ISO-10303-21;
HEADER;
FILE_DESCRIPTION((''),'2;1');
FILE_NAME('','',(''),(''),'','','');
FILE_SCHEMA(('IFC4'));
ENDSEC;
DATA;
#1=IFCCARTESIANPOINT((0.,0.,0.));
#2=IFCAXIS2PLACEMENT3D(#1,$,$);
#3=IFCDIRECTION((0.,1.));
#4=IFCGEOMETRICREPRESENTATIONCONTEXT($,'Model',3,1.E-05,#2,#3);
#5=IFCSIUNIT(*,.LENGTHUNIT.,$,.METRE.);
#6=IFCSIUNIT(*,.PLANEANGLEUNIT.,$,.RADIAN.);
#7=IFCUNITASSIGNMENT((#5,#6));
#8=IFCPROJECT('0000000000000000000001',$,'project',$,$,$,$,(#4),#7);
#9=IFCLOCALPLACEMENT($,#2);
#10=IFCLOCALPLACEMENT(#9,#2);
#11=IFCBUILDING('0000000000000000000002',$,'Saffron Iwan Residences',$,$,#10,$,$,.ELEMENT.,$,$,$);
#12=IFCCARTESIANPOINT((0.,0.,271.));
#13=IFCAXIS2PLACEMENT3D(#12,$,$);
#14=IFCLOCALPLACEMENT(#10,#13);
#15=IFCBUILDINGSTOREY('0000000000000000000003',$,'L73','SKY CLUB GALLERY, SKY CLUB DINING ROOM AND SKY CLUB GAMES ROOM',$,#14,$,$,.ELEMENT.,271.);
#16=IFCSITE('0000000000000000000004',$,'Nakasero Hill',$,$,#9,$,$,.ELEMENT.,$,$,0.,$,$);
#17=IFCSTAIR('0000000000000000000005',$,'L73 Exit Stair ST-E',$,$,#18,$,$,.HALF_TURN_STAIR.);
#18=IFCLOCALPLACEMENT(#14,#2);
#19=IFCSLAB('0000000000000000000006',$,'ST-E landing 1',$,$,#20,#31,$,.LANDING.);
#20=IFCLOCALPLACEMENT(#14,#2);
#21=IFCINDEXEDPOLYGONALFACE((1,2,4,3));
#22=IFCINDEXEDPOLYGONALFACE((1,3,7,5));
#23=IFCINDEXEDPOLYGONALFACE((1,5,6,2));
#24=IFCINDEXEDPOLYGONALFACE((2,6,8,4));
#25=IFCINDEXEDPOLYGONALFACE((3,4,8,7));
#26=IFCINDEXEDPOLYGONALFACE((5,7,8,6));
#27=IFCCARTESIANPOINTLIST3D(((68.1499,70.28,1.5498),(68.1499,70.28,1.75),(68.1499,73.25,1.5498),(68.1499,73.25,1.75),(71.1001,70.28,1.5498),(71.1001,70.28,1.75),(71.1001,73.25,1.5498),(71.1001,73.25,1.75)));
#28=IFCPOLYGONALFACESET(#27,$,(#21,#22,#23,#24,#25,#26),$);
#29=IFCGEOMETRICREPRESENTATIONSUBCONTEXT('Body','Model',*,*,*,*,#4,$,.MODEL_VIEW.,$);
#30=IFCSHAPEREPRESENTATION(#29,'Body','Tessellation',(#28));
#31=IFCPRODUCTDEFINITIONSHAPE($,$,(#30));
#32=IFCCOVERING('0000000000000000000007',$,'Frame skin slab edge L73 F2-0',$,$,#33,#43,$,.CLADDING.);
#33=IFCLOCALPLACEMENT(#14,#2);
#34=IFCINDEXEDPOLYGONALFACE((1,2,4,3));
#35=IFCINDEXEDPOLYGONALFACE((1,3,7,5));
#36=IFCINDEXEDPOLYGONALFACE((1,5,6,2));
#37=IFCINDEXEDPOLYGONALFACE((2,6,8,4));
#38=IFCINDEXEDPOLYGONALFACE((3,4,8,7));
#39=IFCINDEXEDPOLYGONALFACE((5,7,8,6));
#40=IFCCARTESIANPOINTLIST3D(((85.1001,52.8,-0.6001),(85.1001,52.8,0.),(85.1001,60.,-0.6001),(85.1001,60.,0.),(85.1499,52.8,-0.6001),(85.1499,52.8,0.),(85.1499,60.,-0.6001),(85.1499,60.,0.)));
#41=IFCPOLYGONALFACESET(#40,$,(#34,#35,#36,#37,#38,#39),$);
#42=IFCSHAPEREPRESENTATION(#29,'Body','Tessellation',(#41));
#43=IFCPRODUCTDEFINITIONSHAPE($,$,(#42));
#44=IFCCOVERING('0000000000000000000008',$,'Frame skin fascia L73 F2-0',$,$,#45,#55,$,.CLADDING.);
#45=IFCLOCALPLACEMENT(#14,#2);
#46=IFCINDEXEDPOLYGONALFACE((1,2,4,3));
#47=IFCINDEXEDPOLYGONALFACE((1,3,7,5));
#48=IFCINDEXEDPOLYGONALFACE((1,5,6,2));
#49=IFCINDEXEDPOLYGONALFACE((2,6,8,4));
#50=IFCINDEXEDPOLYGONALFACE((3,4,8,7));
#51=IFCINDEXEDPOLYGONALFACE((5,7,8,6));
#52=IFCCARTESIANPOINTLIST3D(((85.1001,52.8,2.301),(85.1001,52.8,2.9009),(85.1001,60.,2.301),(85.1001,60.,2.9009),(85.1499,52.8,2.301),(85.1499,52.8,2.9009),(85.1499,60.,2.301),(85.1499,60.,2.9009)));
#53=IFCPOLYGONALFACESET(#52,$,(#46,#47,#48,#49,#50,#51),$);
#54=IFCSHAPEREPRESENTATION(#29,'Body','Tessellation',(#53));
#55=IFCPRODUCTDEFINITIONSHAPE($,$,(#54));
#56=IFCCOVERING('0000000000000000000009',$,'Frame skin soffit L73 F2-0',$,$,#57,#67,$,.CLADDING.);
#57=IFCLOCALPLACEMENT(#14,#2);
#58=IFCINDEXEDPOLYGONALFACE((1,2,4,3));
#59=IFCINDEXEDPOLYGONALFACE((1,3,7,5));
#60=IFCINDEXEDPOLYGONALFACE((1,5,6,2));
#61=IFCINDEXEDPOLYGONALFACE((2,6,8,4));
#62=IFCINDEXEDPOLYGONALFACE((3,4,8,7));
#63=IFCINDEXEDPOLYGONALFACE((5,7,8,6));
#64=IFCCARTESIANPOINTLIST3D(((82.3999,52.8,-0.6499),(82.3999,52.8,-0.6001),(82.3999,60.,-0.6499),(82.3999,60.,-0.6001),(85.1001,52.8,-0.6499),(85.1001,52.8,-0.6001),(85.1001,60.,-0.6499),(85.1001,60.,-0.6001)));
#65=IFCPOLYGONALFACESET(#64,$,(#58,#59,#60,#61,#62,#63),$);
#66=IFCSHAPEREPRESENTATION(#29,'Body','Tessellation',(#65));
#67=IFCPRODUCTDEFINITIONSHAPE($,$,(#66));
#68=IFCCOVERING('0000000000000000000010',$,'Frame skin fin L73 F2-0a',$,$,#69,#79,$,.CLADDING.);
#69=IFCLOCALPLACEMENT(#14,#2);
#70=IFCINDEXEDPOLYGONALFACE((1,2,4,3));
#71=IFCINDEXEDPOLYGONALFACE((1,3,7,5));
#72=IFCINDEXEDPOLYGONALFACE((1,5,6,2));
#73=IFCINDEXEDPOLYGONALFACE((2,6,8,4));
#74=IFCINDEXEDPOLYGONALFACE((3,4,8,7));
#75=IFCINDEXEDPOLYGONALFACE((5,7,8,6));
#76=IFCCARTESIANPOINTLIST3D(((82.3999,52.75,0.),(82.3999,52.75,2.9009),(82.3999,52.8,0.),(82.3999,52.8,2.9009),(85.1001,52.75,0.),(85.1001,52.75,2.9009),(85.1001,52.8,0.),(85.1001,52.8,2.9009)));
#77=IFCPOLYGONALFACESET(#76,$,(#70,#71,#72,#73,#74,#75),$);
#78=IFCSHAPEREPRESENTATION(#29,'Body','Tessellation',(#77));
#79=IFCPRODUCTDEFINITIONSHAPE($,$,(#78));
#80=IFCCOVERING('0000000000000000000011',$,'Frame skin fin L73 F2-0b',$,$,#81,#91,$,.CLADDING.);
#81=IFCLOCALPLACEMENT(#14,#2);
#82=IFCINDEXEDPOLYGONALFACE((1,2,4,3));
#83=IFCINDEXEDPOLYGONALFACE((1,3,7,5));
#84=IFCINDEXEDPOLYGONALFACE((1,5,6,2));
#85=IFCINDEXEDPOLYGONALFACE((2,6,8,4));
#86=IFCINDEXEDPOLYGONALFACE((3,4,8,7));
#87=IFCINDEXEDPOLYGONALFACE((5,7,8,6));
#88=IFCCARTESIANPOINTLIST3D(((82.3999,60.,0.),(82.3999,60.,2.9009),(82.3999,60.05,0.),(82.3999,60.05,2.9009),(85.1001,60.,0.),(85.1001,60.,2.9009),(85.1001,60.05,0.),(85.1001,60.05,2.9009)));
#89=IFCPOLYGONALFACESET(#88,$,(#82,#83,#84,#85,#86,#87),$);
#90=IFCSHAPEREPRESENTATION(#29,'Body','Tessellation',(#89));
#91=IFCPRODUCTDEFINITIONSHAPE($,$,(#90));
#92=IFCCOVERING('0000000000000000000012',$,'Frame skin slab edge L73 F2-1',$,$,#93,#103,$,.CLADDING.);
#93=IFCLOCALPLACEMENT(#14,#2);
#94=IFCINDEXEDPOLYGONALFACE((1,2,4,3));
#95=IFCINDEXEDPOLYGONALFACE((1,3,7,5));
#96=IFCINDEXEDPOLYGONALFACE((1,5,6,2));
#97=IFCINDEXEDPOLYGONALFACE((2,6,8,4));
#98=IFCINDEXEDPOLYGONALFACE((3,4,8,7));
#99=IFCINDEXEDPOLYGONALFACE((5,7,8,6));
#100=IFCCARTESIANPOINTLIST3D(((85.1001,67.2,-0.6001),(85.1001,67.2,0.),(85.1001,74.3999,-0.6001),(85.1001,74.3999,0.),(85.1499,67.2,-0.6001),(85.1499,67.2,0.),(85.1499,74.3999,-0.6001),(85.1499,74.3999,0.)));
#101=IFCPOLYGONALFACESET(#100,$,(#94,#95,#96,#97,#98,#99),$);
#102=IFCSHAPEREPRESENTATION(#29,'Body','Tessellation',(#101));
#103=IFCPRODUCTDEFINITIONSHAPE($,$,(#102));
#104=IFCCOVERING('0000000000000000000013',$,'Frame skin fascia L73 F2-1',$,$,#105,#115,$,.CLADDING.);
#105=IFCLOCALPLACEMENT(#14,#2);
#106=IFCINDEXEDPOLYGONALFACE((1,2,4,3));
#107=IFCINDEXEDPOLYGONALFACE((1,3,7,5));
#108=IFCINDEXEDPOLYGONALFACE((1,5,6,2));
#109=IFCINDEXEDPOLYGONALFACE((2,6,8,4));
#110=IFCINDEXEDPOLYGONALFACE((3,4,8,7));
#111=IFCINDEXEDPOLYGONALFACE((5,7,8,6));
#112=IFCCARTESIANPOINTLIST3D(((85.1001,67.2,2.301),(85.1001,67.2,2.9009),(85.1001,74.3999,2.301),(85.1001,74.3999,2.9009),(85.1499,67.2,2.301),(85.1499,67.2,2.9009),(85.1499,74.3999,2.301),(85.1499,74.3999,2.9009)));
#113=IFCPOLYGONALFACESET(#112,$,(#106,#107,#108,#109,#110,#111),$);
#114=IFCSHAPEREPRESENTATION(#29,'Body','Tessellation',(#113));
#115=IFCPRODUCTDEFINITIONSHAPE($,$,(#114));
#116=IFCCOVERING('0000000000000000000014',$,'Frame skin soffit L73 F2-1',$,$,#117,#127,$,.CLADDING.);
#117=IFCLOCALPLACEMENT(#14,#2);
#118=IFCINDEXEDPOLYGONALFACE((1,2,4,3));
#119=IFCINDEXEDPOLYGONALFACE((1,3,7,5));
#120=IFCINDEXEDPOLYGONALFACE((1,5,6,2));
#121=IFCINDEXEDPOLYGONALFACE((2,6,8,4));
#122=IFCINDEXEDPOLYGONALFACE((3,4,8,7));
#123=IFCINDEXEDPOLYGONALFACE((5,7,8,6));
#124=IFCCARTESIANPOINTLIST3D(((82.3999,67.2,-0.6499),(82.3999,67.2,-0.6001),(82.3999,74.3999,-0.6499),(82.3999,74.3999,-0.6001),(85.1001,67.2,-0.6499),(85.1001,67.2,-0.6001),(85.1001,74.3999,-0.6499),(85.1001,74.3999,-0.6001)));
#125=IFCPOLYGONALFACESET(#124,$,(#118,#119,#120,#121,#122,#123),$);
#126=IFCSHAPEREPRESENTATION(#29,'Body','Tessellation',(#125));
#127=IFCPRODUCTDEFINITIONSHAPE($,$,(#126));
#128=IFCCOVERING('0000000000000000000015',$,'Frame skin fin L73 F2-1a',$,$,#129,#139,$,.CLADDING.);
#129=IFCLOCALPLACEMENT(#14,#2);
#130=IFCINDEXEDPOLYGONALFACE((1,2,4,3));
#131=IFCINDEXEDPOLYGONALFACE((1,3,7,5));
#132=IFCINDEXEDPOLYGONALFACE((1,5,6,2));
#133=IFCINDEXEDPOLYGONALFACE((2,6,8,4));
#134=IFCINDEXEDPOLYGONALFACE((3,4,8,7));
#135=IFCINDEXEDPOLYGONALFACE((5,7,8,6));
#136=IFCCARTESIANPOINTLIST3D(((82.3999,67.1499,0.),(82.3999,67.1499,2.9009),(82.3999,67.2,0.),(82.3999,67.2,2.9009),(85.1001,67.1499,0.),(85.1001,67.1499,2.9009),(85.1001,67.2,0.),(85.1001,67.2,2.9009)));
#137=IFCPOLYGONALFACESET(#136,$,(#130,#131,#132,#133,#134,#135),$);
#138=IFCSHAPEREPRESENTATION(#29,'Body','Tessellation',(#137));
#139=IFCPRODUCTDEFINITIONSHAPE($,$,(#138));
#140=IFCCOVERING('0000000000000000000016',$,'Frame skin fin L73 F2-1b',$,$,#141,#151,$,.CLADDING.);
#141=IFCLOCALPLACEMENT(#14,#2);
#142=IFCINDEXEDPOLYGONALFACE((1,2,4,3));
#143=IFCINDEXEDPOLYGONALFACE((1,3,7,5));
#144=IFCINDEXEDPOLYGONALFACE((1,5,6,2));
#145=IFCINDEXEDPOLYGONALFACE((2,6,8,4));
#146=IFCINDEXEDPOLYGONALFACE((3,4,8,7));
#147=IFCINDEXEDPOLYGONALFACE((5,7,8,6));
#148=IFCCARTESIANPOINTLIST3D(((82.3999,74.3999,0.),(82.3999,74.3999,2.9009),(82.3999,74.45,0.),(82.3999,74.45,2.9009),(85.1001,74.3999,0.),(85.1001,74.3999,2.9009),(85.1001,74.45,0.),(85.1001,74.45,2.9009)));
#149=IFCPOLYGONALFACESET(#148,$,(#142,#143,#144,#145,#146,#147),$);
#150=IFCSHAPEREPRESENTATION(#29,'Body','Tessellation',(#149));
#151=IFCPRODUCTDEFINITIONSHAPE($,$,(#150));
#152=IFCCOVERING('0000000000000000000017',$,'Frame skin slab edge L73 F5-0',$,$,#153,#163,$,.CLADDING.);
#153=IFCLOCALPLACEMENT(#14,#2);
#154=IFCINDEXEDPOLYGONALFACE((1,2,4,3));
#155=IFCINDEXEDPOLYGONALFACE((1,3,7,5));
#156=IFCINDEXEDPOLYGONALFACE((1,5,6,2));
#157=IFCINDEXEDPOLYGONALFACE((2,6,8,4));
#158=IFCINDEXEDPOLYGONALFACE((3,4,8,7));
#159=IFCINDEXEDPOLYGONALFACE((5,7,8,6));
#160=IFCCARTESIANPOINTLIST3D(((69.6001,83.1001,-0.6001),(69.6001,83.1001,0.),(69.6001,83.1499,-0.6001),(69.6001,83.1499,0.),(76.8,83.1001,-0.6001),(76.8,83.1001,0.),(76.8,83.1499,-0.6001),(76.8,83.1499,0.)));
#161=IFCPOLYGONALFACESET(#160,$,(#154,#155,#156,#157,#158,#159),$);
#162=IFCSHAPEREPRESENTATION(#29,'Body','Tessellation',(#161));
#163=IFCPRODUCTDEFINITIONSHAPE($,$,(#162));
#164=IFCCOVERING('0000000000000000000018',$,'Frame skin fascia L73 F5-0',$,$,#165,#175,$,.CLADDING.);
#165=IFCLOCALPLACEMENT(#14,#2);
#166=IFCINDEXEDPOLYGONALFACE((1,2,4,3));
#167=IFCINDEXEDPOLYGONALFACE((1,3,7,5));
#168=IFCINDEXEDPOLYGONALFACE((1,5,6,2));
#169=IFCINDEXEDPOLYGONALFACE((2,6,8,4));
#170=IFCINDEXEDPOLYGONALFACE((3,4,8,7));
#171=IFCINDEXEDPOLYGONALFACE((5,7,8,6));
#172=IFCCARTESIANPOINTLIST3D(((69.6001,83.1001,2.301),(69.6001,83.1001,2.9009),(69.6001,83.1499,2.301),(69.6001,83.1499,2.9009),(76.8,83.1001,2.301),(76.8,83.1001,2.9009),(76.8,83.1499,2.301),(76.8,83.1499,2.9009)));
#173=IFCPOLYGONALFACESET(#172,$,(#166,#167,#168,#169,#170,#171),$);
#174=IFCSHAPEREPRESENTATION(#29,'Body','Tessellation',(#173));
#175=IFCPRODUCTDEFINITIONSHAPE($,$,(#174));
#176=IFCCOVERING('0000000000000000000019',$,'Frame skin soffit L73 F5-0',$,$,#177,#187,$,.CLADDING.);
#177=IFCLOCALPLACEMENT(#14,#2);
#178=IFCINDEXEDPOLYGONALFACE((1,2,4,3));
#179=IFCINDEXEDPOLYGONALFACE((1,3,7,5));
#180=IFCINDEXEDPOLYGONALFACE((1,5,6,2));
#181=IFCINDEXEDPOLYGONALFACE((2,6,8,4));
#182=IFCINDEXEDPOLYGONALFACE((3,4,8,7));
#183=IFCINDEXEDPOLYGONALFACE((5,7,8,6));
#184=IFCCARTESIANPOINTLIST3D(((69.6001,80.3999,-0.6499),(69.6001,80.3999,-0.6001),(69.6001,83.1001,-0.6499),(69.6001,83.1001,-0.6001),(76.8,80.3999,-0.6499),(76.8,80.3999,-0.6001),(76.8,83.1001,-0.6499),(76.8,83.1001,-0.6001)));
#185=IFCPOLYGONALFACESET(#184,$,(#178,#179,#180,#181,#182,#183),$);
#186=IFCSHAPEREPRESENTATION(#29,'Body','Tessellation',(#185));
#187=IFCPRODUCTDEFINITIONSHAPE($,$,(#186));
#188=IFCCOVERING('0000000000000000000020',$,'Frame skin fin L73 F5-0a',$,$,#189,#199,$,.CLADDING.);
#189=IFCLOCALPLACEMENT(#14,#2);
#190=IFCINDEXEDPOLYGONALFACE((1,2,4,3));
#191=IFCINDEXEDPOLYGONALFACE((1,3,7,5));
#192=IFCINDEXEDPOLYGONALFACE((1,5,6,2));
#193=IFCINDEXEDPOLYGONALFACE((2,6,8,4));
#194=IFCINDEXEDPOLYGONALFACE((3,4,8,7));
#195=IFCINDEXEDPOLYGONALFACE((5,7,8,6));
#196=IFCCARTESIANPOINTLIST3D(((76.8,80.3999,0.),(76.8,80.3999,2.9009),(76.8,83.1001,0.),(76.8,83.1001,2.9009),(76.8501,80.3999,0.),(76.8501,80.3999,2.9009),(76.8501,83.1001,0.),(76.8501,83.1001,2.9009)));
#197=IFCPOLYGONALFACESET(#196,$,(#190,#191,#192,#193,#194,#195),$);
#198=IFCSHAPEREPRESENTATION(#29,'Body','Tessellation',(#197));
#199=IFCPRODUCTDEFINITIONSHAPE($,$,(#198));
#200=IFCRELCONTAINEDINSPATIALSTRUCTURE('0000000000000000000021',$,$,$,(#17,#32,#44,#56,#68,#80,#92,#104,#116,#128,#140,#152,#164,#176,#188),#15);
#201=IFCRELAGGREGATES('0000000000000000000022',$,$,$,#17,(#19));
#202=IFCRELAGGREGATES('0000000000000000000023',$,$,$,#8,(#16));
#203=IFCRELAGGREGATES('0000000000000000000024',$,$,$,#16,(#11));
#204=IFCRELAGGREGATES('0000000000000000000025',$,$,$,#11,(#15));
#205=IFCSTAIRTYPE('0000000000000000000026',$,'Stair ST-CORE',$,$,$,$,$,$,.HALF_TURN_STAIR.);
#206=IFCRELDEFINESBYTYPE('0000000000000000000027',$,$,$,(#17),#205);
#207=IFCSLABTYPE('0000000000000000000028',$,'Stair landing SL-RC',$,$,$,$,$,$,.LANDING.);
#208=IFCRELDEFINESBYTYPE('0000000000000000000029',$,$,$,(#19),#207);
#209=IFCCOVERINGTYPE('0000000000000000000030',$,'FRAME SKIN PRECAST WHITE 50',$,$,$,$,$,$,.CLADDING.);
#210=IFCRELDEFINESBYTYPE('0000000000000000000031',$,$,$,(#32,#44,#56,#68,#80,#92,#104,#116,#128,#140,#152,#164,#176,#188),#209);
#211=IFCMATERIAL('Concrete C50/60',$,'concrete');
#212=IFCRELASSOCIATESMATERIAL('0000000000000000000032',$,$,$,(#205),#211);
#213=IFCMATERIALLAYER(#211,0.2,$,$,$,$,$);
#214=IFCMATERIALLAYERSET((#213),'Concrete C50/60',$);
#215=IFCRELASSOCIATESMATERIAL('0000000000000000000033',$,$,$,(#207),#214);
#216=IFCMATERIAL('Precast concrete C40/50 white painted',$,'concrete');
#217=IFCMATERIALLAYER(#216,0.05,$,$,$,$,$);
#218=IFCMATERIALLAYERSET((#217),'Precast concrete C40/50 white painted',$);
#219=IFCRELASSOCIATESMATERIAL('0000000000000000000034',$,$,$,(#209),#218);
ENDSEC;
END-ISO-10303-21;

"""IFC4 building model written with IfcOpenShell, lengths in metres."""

from ifc_helpers import new_model, si_unit, direction, frame, origin, place, context, subcontext, project, spatial, polyline, outline, extrude, material, layer, layer_set, type_object, element, aggregate, save


model = new_model("IFC4")

# Units and contexts
model_context = context("Model", 3, precision=1e-05, world=origin(), true_north=direction((0.0, 1.0)))
body_context = subcontext(model_context, "Body", "Model", "MODEL_VIEW")
ifc_project = project(units=[si_unit("LENGTHUNIT", "METRE"), si_unit("PLANEANGLEUNIT", "RADIAN")], contexts=[model_context])

# Site, building, storey
site_placement = place(None, origin())
site = spatial("IfcSite", under=ifc_project, at=site_placement, Name="Nakasero Hill", CompositionType="ELEMENT", RefElevation=0.0)
building_placement = place(site_placement, origin())
building = spatial("IfcBuilding", under=site, at=building_placement, Name="Saffron Iwan Residences", CompositionType="ELEMENT")
storey_placement = place(building_placement, frame((0.0, 0.0, 271.0)))
storey = spatial("IfcBuildingStorey", under=building, at=storey_placement, Name="L73", Description="SKY CLUB GALLERY, SKY CLUB DINING ROOM AND SKY CLUB GAMES ROOM", CompositionType="ELEMENT", Elevation=271.0)

# Stair, slab
ifc_material_1 = material(Name="Concrete C50/60", Category="concrete")
stair_type_1 = type_object("IfcStairType", Name="Stair ST-CORE", PredefinedType="HALF_TURN_STAIR", material=ifc_material_1)
ifc_layer_1 = layer(ifc_material_1, 0.2)
ifc_layer_set_1 = layer_set([ifc_layer_1], Name="Concrete C50/60")
slab_type_1 = type_object("IfcSlabType", Name="Stair landing SL-RC", PredefinedType="LANDING", material=ifc_layer_set_1)
stair_1_placement = place(storey_placement, origin())
stair_1 = element("IfcStair", 1, at=stair_1_placement, inside=storey, type_object=stair_type_1, Name="L73 Exit Stair ST-E", PredefinedType="HALF_TURN_STAIR")
slab_1_placement = place(storey_placement, frame((0.0, 0.0, 1.5498)))
slab_1 = element("IfcSlab", 2, at=slab_1_placement, type_object=slab_type_1, Name="ST-E landing 1", PredefinedType="LANDING", context=body_context, shape_type="SweptSolid", body=[
    extrude(outline(polyline([(71.1001, 70.28), (71.1001, 73.25), (68.1499, 73.25), (68.1499, 70.28), (71.1001, 70.28)])), origin(), (0.0, 0.0, 1.0), 0.2002),
])
aggregate(stair_1, [slab_1])

# Coverings
ifc_material_2 = material(Name="Precast concrete C40/50 white painted", Category="concrete")
ifc_layer_2 = layer(ifc_material_2, 0.05)
ifc_layer_set_2 = layer_set([ifc_layer_2], Name="Precast concrete C40/50 white painted")
covering_type_1 = type_object("IfcCoveringType", Name="FRAME SKIN PRECAST WHITE 50", PredefinedType="CLADDING", material=ifc_layer_set_2)
covering_1_placement = place(storey_placement, frame((0.0, 0.0, -0.6001)))
element("IfcCovering", 3, at=covering_1_placement, inside=storey, type_object=covering_type_1, Name="Frame skin slab edge L73 F2-0", PredefinedType="CLADDING", context=body_context, shape_type="SweptSolid", body=[
    extrude(outline(polyline([(85.1499, 52.8), (85.1499, 60.0), (85.1001, 60.0), (85.1001, 52.8), (85.1499, 52.8)])), origin(), (0.0, 0.0, 1.0), 0.6001),
])
covering_2_placement = place(storey_placement, frame((0.0, 0.0, 2.301)))
element("IfcCovering", 4, at=covering_2_placement, inside=storey, type_object=covering_type_1, Name="Frame skin fascia L73 F2-0", PredefinedType="CLADDING", context=body_context, shape_type="SweptSolid", body=[
    extrude(outline(polyline([(85.1499, 52.8), (85.1499, 60.0), (85.1001, 60.0), (85.1001, 52.8), (85.1499, 52.8)])), origin(), (0.0, 0.0, 1.0), 0.5999),
])
covering_3_placement = place(storey_placement, frame((0.0, 0.0, -0.6499)))
element("IfcCovering", 5, at=covering_3_placement, inside=storey, type_object=covering_type_1, Name="Frame skin soffit L73 F2-0", PredefinedType="CLADDING", context=body_context, shape_type="SweptSolid", body=[
    extrude(outline(polyline([(85.1001, 52.8), (85.1001, 60.0), (82.3999, 60.0), (82.3999, 52.8), (85.1001, 52.8)])), origin(), (0.0, 0.0, 1.0), 0.0498),
])
covering_4_placement = place(storey_placement, origin())
element("IfcCovering", 6, at=covering_4_placement, inside=storey, type_object=covering_type_1, Name="Frame skin fin L73 F2-0a", PredefinedType="CLADDING", context=body_context, shape_type="SweptSolid", body=[
    extrude(outline(polyline([(85.1001, 52.75), (85.1001, 52.8), (82.3999, 52.8), (82.3999, 52.75), (85.1001, 52.75)])), origin(), (0.0, 0.0, 1.0), 2.9009),
])
covering_5_placement = place(storey_placement, origin())
element("IfcCovering", 7, at=covering_5_placement, inside=storey, type_object=covering_type_1, Name="Frame skin fin L73 F2-0b", PredefinedType="CLADDING", context=body_context, shape_type="SweptSolid", body=[
    extrude(outline(polyline([(85.1001, 60.0), (85.1001, 60.05), (82.3999, 60.05), (82.3999, 60.0), (85.1001, 60.0)])), origin(), (0.0, 0.0, 1.0), 2.9009),
])
covering_6_placement = place(storey_placement, frame((0.0, 0.0, -0.6001)))
element("IfcCovering", 8, at=covering_6_placement, inside=storey, type_object=covering_type_1, Name="Frame skin slab edge L73 F2-1", PredefinedType="CLADDING", context=body_context, shape_type="SweptSolid", body=[
    extrude(outline(polyline([(85.1499, 67.2), (85.1499, 74.3999), (85.1001, 74.3999), (85.1001, 67.2), (85.1499, 67.2)])), origin(), (0.0, 0.0, 1.0), 0.6001),
])
covering_7_placement = place(storey_placement, frame((0.0, 0.0, 2.301)))
element("IfcCovering", 9, at=covering_7_placement, inside=storey, type_object=covering_type_1, Name="Frame skin fascia L73 F2-1", PredefinedType="CLADDING", context=body_context, shape_type="SweptSolid", body=[
    extrude(outline(polyline([(85.1499, 67.2), (85.1499, 74.3999), (85.1001, 74.3999), (85.1001, 67.2), (85.1499, 67.2)])), origin(), (0.0, 0.0, 1.0), 0.5999),
])
covering_8_placement = place(storey_placement, frame((0.0, 0.0, -0.6499)))
element("IfcCovering", 10, at=covering_8_placement, inside=storey, type_object=covering_type_1, Name="Frame skin soffit L73 F2-1", PredefinedType="CLADDING", context=body_context, shape_type="SweptSolid", body=[
    extrude(outline(polyline([(85.1001, 67.2), (85.1001, 74.3999), (82.3999, 74.3999), (82.3999, 67.2), (85.1001, 67.2)])), origin(), (0.0, 0.0, 1.0), 0.0498),
])
covering_9_placement = place(storey_placement, origin())
element("IfcCovering", 11, at=covering_9_placement, inside=storey, type_object=covering_type_1, Name="Frame skin fin L73 F2-1a", PredefinedType="CLADDING", context=body_context, shape_type="SweptSolid", body=[
    extrude(outline(polyline([(85.1001, 67.1499), (85.1001, 67.2), (82.3999, 67.2), (82.3999, 67.1499), (85.1001, 67.1499)])), origin(), (0.0, 0.0, 1.0), 2.9009),
])
covering_10_placement = place(storey_placement, origin())
element("IfcCovering", 12, at=covering_10_placement, inside=storey, type_object=covering_type_1, Name="Frame skin fin L73 F2-1b", PredefinedType="CLADDING", context=body_context, shape_type="SweptSolid", body=[
    extrude(outline(polyline([(85.1001, 74.3999), (85.1001, 74.45), (82.3999, 74.45), (82.3999, 74.3999), (85.1001, 74.3999)])), origin(), (0.0, 0.0, 1.0), 2.9009),
])
covering_11_placement = place(storey_placement, frame((0.0, 0.0, -0.6001)))
element("IfcCovering", 13, at=covering_11_placement, inside=storey, type_object=covering_type_1, Name="Frame skin slab edge L73 F5-0", PredefinedType="CLADDING", context=body_context, shape_type="SweptSolid", body=[
    extrude(outline(polyline([(76.8, 83.1499), (69.6001, 83.1499), (69.6001, 83.1001), (76.8, 83.1001), (76.8, 83.1499)])), origin(), (0.0, 0.0, 1.0), 0.6001),
])
covering_12_placement = place(storey_placement, frame((0.0, 0.0, 2.301)))
element("IfcCovering", 14, at=covering_12_placement, inside=storey, type_object=covering_type_1, Name="Frame skin fascia L73 F5-0", PredefinedType="CLADDING", context=body_context, shape_type="SweptSolid", body=[
    extrude(outline(polyline([(76.8, 83.1499), (69.6001, 83.1499), (69.6001, 83.1001), (76.8, 83.1001), (76.8, 83.1499)])), origin(), (0.0, 0.0, 1.0), 0.5999),
])
covering_13_placement = place(storey_placement, frame((0.0, 0.0, -0.6499)))
element("IfcCovering", 15, at=covering_13_placement, inside=storey, type_object=covering_type_1, Name="Frame skin soffit L73 F5-0", PredefinedType="CLADDING", context=body_context, shape_type="SweptSolid", body=[
    extrude(outline(polyline([(76.8, 83.1001), (69.6001, 83.1001), (69.6001, 80.3999), (76.8, 80.3999), (76.8, 83.1001)])), origin(), (0.0, 0.0, 1.0), 0.0498),
])
covering_14_placement = place(storey_placement, origin())
element("IfcCovering", 16, at=covering_14_placement, inside=storey, type_object=covering_type_1, Name="Frame skin fin L73 F5-0a", PredefinedType="CLADDING", context=body_context, shape_type="SweptSolid", body=[
    extrude(outline(polyline([(76.8501, 83.1001), (76.8, 83.1001), (76.8, 80.3999), (76.8501, 80.3999), (76.8501, 83.1001)])), origin(), (0.0, 0.0, 1.0), 2.9009),
])

save(model, "model.ifc")
